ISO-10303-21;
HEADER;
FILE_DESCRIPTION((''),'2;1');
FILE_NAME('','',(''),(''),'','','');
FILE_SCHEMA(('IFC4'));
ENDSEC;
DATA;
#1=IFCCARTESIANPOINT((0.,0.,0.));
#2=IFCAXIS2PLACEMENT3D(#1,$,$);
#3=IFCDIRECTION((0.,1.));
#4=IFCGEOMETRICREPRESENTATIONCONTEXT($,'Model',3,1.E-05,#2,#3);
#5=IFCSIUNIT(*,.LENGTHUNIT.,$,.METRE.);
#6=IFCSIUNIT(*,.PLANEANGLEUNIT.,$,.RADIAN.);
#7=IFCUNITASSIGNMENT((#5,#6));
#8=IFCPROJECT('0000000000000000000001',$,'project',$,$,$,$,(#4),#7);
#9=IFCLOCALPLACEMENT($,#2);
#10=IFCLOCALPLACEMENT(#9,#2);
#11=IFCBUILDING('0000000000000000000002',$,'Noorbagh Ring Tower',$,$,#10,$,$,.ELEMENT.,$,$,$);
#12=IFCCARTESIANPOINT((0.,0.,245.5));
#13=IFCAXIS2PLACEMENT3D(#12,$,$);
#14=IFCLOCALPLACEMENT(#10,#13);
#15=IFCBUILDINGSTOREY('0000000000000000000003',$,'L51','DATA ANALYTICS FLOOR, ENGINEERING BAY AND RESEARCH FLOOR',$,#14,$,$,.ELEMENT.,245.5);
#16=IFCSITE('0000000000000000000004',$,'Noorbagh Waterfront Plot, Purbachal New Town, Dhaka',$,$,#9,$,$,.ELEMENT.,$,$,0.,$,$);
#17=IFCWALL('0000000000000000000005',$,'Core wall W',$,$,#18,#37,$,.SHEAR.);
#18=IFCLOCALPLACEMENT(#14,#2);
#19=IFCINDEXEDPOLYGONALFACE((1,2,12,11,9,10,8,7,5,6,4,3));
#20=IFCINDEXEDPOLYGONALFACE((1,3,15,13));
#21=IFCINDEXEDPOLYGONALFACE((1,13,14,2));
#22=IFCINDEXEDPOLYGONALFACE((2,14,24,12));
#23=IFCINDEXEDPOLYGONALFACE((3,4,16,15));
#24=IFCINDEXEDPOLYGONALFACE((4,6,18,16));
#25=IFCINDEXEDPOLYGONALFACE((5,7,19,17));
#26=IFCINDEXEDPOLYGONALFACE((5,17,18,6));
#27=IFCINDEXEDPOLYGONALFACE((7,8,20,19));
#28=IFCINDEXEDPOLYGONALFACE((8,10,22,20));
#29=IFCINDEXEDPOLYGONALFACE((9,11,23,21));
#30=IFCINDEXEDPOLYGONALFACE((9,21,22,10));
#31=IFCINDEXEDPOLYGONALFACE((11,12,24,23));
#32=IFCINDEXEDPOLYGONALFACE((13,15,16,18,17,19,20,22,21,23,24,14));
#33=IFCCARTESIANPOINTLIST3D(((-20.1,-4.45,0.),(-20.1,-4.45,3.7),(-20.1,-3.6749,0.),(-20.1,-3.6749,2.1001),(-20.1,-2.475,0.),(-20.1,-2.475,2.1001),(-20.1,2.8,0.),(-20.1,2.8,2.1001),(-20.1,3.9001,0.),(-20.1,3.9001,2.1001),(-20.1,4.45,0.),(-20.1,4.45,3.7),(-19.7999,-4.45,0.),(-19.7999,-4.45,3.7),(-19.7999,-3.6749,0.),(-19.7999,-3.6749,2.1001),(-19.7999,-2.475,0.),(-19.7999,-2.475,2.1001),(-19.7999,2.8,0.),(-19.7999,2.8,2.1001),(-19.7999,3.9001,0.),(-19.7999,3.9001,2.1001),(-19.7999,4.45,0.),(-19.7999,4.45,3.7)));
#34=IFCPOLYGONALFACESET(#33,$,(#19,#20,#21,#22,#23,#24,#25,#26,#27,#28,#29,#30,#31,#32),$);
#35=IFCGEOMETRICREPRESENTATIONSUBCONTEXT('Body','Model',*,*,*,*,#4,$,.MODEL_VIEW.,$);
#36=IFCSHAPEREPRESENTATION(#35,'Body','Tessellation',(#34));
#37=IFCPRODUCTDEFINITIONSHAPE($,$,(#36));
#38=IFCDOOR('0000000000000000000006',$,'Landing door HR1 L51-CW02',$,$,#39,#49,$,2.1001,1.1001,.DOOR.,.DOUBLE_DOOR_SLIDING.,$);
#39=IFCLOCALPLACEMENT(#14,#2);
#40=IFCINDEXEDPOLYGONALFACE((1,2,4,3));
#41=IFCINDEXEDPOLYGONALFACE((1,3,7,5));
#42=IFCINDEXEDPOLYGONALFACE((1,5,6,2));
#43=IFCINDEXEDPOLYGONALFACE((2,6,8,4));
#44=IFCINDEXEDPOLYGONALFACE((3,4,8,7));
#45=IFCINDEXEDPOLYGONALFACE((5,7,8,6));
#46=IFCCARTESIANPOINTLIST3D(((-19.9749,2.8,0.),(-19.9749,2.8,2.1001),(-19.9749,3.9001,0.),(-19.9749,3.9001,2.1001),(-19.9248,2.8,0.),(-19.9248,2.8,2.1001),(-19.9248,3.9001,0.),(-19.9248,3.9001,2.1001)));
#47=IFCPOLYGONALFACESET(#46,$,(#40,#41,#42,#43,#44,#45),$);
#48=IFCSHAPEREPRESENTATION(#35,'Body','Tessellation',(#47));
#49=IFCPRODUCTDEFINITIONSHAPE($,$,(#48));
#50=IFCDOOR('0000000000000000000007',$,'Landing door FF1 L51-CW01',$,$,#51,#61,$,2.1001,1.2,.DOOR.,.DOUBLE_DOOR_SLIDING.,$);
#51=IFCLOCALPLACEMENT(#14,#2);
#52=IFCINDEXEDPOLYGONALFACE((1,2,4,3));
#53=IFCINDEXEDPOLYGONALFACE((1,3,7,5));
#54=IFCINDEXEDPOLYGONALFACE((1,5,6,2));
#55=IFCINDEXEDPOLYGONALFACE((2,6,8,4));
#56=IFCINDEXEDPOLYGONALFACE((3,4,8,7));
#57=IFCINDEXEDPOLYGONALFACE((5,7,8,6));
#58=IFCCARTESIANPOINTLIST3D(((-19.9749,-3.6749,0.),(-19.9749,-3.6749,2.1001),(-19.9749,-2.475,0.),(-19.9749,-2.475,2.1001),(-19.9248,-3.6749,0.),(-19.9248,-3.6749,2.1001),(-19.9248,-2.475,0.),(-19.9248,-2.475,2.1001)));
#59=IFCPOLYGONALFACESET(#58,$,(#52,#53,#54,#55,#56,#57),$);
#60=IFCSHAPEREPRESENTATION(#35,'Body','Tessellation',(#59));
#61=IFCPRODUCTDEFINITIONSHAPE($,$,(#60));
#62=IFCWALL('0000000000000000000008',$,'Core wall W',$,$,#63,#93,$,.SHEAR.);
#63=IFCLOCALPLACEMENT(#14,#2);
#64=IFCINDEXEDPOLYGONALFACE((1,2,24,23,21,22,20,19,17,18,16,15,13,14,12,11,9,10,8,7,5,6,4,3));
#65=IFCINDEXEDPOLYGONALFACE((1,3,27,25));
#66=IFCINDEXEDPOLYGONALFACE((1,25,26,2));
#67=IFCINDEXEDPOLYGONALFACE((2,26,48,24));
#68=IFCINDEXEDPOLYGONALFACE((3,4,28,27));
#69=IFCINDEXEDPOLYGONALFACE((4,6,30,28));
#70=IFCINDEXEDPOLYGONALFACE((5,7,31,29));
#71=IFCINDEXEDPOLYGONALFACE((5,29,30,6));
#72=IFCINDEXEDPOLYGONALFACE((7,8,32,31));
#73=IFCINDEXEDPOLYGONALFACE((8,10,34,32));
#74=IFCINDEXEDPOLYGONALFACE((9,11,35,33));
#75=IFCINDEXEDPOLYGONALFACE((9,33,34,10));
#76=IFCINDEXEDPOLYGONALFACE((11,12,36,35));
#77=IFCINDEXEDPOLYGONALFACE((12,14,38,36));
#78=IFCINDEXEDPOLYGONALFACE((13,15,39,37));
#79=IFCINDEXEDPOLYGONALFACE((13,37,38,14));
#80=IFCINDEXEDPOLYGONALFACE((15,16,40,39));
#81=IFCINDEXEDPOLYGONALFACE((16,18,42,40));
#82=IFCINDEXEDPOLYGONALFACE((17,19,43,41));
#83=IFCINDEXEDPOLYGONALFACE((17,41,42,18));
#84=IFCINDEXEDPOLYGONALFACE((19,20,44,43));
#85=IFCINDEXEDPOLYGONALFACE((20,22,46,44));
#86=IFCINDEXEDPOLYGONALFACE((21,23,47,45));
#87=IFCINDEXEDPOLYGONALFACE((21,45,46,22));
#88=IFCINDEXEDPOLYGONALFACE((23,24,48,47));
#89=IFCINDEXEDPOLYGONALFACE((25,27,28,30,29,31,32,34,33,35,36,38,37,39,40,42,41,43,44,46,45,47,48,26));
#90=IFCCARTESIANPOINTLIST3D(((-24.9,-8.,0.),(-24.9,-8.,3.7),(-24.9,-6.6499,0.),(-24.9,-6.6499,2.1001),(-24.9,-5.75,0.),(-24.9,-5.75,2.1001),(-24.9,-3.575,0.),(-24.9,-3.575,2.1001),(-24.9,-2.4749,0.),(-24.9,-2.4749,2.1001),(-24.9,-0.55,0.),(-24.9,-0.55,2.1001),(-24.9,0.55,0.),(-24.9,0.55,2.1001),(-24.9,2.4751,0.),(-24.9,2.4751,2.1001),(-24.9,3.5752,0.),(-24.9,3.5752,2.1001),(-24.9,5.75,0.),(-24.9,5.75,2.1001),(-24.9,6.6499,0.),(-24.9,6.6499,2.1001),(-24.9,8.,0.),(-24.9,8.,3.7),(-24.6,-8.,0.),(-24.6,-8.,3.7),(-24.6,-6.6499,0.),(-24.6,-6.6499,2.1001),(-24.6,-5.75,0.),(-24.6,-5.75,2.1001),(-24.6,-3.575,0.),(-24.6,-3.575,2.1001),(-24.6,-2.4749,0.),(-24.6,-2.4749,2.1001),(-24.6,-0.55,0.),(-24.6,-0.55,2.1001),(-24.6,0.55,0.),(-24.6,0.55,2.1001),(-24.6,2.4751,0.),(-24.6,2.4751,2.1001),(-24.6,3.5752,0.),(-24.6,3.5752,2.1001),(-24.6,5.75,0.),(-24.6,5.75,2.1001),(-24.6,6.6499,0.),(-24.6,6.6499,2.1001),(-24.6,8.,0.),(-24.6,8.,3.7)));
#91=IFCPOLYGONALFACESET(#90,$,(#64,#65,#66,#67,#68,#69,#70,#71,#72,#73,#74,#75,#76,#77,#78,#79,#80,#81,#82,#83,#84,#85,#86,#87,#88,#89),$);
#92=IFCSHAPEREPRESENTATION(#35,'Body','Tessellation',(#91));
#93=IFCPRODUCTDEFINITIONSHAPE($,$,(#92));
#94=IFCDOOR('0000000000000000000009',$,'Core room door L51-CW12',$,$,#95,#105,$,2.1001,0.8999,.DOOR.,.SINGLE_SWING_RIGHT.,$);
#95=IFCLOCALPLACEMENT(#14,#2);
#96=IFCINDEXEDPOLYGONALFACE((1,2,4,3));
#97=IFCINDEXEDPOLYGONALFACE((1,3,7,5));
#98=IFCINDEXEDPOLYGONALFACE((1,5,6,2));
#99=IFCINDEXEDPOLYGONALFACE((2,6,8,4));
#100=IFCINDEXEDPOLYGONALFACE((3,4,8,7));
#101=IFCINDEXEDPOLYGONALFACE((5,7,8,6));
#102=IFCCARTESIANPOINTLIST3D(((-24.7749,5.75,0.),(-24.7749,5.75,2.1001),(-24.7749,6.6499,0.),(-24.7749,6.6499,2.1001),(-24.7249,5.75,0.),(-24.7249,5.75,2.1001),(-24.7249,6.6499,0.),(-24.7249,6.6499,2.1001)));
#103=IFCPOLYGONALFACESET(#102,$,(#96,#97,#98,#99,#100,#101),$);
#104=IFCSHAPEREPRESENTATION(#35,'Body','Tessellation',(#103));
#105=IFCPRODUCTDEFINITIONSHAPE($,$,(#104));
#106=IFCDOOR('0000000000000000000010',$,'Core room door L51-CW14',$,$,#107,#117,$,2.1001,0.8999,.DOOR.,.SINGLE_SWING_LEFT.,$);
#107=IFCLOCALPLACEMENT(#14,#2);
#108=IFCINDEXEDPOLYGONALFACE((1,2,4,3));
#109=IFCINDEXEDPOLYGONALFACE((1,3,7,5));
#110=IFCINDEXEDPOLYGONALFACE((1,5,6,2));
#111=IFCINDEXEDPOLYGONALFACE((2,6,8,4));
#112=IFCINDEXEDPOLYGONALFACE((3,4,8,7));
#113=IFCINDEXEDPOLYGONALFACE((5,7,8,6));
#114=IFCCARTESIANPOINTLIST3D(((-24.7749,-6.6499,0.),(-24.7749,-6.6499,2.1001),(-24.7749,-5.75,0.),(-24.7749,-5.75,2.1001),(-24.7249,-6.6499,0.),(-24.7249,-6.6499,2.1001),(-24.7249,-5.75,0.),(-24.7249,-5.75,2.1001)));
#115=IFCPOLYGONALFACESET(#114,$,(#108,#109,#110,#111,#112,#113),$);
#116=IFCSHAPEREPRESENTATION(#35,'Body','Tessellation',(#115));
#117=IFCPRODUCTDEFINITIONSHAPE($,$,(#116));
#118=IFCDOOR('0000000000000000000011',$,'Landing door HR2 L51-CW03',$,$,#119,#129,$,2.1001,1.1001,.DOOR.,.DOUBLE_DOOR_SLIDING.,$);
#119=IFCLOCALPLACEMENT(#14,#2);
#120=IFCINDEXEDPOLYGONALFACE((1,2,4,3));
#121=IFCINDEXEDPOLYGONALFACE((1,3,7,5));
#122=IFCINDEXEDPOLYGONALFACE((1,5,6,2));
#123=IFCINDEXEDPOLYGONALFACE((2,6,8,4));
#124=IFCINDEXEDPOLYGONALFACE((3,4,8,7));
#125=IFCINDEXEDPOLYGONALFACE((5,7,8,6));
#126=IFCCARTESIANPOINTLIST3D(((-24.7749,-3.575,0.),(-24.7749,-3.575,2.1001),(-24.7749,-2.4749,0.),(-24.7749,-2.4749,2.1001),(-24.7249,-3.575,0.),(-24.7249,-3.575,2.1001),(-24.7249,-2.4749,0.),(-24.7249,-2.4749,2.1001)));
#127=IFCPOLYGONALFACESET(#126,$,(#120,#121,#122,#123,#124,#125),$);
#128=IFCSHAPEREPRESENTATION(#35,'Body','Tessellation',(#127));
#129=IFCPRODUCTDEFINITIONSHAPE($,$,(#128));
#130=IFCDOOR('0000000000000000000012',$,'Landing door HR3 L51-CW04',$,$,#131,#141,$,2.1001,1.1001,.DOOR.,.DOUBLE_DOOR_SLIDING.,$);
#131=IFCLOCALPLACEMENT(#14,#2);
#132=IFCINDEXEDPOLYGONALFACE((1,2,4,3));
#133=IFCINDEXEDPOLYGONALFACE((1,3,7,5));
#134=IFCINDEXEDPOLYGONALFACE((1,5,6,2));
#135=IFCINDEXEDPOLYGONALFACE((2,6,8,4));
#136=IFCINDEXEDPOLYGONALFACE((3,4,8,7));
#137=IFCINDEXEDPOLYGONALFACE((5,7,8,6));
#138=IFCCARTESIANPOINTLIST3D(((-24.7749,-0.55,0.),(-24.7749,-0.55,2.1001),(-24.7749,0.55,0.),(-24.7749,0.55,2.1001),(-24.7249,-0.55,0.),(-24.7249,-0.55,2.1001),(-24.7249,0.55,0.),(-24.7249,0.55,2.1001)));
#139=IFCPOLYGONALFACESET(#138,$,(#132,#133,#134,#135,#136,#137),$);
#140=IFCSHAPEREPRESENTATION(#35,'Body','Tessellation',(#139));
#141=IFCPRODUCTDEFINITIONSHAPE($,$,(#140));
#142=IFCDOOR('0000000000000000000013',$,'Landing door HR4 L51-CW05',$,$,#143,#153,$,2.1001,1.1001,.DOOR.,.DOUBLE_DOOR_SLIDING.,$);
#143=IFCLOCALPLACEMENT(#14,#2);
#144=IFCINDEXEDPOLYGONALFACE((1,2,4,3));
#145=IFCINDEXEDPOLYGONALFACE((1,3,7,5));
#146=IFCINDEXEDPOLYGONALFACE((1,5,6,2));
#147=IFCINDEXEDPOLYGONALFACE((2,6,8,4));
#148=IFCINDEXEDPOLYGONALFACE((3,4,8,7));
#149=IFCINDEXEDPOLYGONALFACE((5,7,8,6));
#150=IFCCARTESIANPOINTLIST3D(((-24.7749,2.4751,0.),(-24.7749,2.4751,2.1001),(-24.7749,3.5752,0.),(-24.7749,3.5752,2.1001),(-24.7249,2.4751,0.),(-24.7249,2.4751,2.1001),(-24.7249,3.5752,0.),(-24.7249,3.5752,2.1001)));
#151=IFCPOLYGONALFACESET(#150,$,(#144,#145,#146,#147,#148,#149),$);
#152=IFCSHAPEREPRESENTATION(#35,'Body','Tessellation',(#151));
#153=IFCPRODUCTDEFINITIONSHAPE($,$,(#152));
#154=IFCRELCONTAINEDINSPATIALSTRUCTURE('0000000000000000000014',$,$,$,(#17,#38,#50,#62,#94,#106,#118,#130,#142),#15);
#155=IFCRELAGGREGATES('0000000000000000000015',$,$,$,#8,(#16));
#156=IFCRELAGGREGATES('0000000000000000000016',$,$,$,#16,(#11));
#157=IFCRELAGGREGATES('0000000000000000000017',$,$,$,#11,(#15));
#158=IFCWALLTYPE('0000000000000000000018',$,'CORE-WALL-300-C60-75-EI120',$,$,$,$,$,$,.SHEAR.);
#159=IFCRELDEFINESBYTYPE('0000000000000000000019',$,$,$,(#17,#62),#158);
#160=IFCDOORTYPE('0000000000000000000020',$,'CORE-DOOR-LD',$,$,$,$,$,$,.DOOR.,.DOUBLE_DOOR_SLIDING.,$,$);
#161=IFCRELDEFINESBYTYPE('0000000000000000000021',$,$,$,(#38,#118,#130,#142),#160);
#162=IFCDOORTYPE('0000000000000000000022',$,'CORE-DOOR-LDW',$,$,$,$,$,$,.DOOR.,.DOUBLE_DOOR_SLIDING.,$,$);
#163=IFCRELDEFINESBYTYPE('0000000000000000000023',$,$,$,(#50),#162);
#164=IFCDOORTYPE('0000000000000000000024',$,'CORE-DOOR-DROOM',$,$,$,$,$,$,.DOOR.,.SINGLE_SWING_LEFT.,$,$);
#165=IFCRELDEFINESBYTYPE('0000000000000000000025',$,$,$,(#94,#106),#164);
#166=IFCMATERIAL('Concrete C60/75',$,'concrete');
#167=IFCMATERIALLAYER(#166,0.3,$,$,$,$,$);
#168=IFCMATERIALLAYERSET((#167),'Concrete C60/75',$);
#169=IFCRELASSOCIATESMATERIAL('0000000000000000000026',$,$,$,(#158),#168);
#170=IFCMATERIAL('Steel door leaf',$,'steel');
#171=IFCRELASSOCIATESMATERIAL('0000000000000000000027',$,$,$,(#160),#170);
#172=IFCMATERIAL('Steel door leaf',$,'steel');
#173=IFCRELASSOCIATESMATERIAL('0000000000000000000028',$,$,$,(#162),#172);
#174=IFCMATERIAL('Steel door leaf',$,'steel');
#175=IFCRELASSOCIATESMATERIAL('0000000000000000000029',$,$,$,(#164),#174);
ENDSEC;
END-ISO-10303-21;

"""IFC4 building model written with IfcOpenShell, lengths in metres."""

from ifc_helpers import new_model, si_unit, direction, frame, frame_2d, origin, place, context, subcontext, project, spatial, rectangle, extrude, material, layer, layer_set, type_object, element, fill, save


model = new_model("IFC4")

# Units and contexts
model_context = context("Model", 3, precision=1e-05, world=origin(), true_north=direction((0.0, 1.0)))
body_context = subcontext(model_context, "Body", "Model", "MODEL_VIEW")
ifc_project = project(units=[si_unit("LENGTHUNIT", "METRE"), si_unit("PLANEANGLEUNIT", "RADIAN")], contexts=[model_context])

# Site, building, storey
site_placement = place(None, origin())
site = spatial("IfcSite", under=ifc_project, at=site_placement, Name="Noorbagh Waterfront Plot, Purbachal New Town, Dhaka", CompositionType="ELEMENT", RefElevation=0.0)
building_placement = place(site_placement, origin())
building = spatial("IfcBuilding", under=site, at=building_placement, Name="Noorbagh Ring Tower", CompositionType="ELEMENT")
storey_placement = place(building_placement, frame((0.0, 0.0, 245.5)))
storey = spatial("IfcBuildingStorey", under=building, at=storey_placement, Name="L51", Description="DATA ANALYTICS FLOOR, ENGINEERING BAY AND RESEARCH FLOOR", CompositionType="ELEMENT", Elevation=245.5)

# Shared definitions
ifc_material_1 = material(Name="Concrete C60/75", Category="concrete")
ifc_layer_1 = layer(ifc_material_1, 0.3)
ifc_layer_set_1 = layer_set([ifc_layer_1], Name="Concrete C60/75")
wall_type_1 = type_object("IfcWallType", Name="CORE-WALL-300-C60-75-EI120", PredefinedType="SHEAR", material=ifc_layer_set_1)

# Walls, openings, doors
wall_1_placement = place(storey_placement, frame((-19.95, -4.45, 0.0), z_axis=(0.0, 0.0, 1.0), x_axis=(0.0, 1.0, 0.0)))
wall_1 = element("IfcWall", 1, at=wall_1_placement, inside=storey, type_object=wall_type_1, Name="Core wall W", PredefinedType="SHEAR", context=body_context, shape_type="SweptSolid", body=[
    extrude(rectangle(XDim=8.8999, YDim=0.3, at=frame_2d((4.45, 0.0))), origin(), (0.0, 0.0, 1.0), 3.7),
])
opening_1_placement = place(wall_1_placement, frame((0.7749, 0.0, 0.0)))
opening_1 = element("IfcOpeningElement", 2, at=opening_1_placement, cuts=wall_1, PredefinedType="OPENING", context=body_context, shape_type="SweptSolid", body=[
    extrude(rectangle(XDim=1.2, YDim=2.1001, at=frame_2d((0.6001, 1.05))), frame((0.0, 0.1602, 0.0), z_axis=(0.0, -1.0, 0.0), x_axis=(1.0, 0.0, 0.0)), (0.0, 0.0, 1.0), 0.3201),
])
opening_2_placement = place(wall_1_placement, frame((7.25, 0.0, 0.0)))
opening_2 = element("IfcOpeningElement", 3, at=opening_2_placement, cuts=wall_1, PredefinedType="OPENING", context=body_context, shape_type="SweptSolid", body=[
    extrude(rectangle(XDim=1.1001, YDim=2.1001, at=frame_2d((0.55, 1.05))), frame((0.0, 0.1602, 0.0), z_axis=(0.0, -1.0, 0.0), x_axis=(1.0, 0.0, 0.0)), (0.0, 0.0, 1.0), 0.3201),
])
ifc_material_2 = material(Name="Steel door leaf", Category="steel")
door_type_1 = type_object("IfcDoorType", Name="CORE-DOOR-LD", OperationType="DOUBLE_DOOR_SLIDING", PredefinedType="DOOR", material=ifc_material_2)
door_1_placement = place(opening_2_placement, origin())
door_1 = element("IfcDoor", 4, at=door_1_placement, inside=storey, type_object=door_type_1, Name="Landing door HR1 L51-CW02", OperationType="DOUBLE_DOOR_SLIDING", OverallHeight=2.1001, OverallWidth=1.1001, PredefinedType="DOOR", context=body_context, shape_type="SweptSolid", body=[
    extrude(rectangle(XDim=1.1001, YDim=2.1001, at=frame_2d((0.55, 1.05))), frame((0.0, 0.0249, 0.0), z_axis=(0.0, -1.0, 0.0), x_axis=(1.0, 0.0, 0.0)), (0.0, 0.0, 1.0), 0.05),
])
fill(opening_2, door_1)
ifc_material_3 = material(Name="Steel door leaf", Category="steel")
door_type_2 = type_object("IfcDoorType", Name="CORE-DOOR-LDW", OperationType="DOUBLE_DOOR_SLIDING", PredefinedType="DOOR", material=ifc_material_3)
door_2_placement = place(opening_1_placement, origin())
door_2 = element("IfcDoor", 5, at=door_2_placement, inside=storey, type_object=door_type_2, Name="Landing door FF1 L51-CW01", OperationType="DOUBLE_DOOR_SLIDING", OverallHeight=2.1001, OverallWidth=1.2, PredefinedType="DOOR", context=body_context, shape_type="SweptSolid", body=[
    extrude(rectangle(XDim=1.2, YDim=2.1001, at=frame_2d((0.6001, 1.05))), frame((0.0, 0.0249, 0.0), z_axis=(0.0, -1.0, 0.0), x_axis=(1.0, 0.0, 0.0)), (0.0, 0.0, 1.0), 0.05),
])
fill(opening_1, door_2)
wall_2_placement = place(storey_placement, frame((-24.75, -8.0, 0.0), z_axis=(0.0, 0.0, 1.0), x_axis=(0.0, 1.0, 0.0)))
wall_2 = element("IfcWall", 6, at=wall_2_placement, inside=storey, type_object=wall_type_1, Name="Core wall W", PredefinedType="SHEAR", context=body_context, shape_type="SweptSolid", body=[
    extrude(rectangle(XDim=16.0, YDim=0.3, at=frame_2d((8.0, 0.0))), origin(), (0.0, 0.0, 1.0), 3.7),
])
opening_3_placement = place(wall_2_placement, frame((4.425, 0.0, 0.0)))
opening_3 = element("IfcOpeningElement", 7, at=opening_3_placement, cuts=wall_2, PredefinedType="OPENING", context=body_context, shape_type="SweptSolid", body=[
    extrude(rectangle(XDim=1.1001, YDim=2.1001, at=frame_2d((0.55, 1.05))), frame((0.0, 0.1602, 0.0), z_axis=(0.0, -1.0, 0.0), x_axis=(1.0, 0.0, 0.0)), (0.0, 0.0, 1.0), 0.3201),
])
opening_4_placement = place(wall_2_placement, frame((7.45, 0.0, 0.0)))
opening_4 = element("IfcOpeningElement", 8, at=opening_4_placement, cuts=wall_2, PredefinedType="OPENING", context=body_context, shape_type="SweptSolid", body=[
    extrude(rectangle(XDim=1.1001, YDim=2.1001, at=frame_2d((0.55, 1.05))), frame((0.0, 0.1602, 0.0), z_axis=(0.0, -1.0, 0.0), x_axis=(1.0, 0.0, 0.0)), (0.0, 0.0, 1.0), 0.3201),
])
opening_5_placement = place(wall_2_placement, frame((10.4751, 0.0, 0.0)))
opening_5 = element("IfcOpeningElement", 9, at=opening_5_placement, cuts=wall_2, PredefinedType="OPENING", context=body_context, shape_type="SweptSolid", body=[
    extrude(rectangle(XDim=1.1001, YDim=2.1001, at=frame_2d((0.55, 1.05))), frame((0.0, 0.1602, 0.0), z_axis=(0.0, -1.0, 0.0), x_axis=(1.0, 0.0, 0.0)), (0.0, 0.0, 1.0), 0.3201),
])
opening_6_placement = place(wall_2_placement, frame((13.75, 0.0, 0.0)))
opening_6 = element("IfcOpeningElement", 10, at=opening_6_placement, cuts=wall_2, PredefinedType="OPENING", context=body_context, shape_type="SweptSolid", body=[
    extrude(rectangle(XDim=0.8999, YDim=2.1001, at=frame_2d((0.45, 1.05))), frame((0.0, 0.1602, 0.0), z_axis=(0.0, -1.0, 0.0), x_axis=(1.0, 0.0, 0.0)), (0.0, 0.0, 1.0), 0.3201),
])
opening_7_placement = place(wall_2_placement, frame((1.3501, 0.0, 0.0)))
opening_7 = element("IfcOpeningElement", 11, at=opening_7_placement, cuts=wall_2, PredefinedType="OPENING", context=body_context, shape_type="SweptSolid", body=[
    extrude(rectangle(XDim=0.8999, YDim=2.1001, at=frame_2d((0.45, 1.05))), frame((0.0, 0.1602, 0.0), z_axis=(0.0, -1.0, 0.0), x_axis=(1.0, 0.0, 0.0)), (0.0, 0.0, 1.0), 0.3201),
])
ifc_material_4 = material(Name="Steel door leaf", Category="steel")
door_type_3 = type_object("IfcDoorType", Name="CORE-DOOR-DROOM", OperationType="SINGLE_SWING_LEFT", PredefinedType="DOOR", material=ifc_material_4)
door_3_placement = place(opening_6_placement, origin())
door_3 = element("IfcDoor", 12, at=door_3_placement, inside=storey, type_object=door_type_3, Name="Core room door L51-CW12", OperationType="SINGLE_SWING_RIGHT", OverallHeight=2.1001, OverallWidth=0.8999, PredefinedType="DOOR", context=body_context, shape_type="SweptSolid", body=[
    extrude(rectangle(XDim=0.8999, YDim=2.1001, at=frame_2d((0.45, 1.05))), frame((0.0, 0.0249, 0.0), z_axis=(0.0, -1.0, 0.0), x_axis=(1.0, 0.0, 0.0)), (0.0, 0.0, 1.0), 0.05),
])
fill(opening_6, door_3)
door_4_placement = place(opening_7_placement, origin())
door_4 = element("IfcDoor", 13, at=door_4_placement, inside=storey, type_object=door_type_3, Name="Core room door L51-CW14", OperationType="SINGLE_SWING_LEFT", OverallHeight=2.1001, OverallWidth=0.8999, PredefinedType="DOOR", context=body_context, shape_type="SweptSolid", body=[
    extrude(rectangle(XDim=0.8999, YDim=2.1001, at=frame_2d((0.45, 1.05))), frame((0.0, 0.0249, 0.0), z_axis=(0.0, -1.0, 0.0), x_axis=(1.0, 0.0, 0.0)), (0.0, 0.0, 1.0), 0.05),
])
fill(opening_7, door_4)
door_5_placement = place(opening_3_placement, origin())
door_5 = element("IfcDoor", 14, at=door_5_placement, inside=storey, type_object=door_type_1, Name="Landing door HR2 L51-CW03", OperationType="DOUBLE_DOOR_SLIDING", OverallHeight=2.1001, OverallWidth=1.1001, PredefinedType="DOOR", context=body_context, shape_type="SweptSolid", body=[
    extrude(rectangle(XDim=1.1001, YDim=2.1001, at=frame_2d((0.55, 1.05))), frame((0.0, 0.0249, 0.0), z_axis=(0.0, -1.0, 0.0), x_axis=(1.0, 0.0, 0.0)), (0.0, 0.0, 1.0), 0.05),
])
fill(opening_3, door_5)
door_6_placement = place(opening_4_placement, origin())
door_6 = element("IfcDoor", 15, at=door_6_placement, inside=storey, type_object=door_type_1, Name="Landing door HR3 L51-CW04", OperationType="DOUBLE_DOOR_SLIDING", OverallHeight=2.1001, OverallWidth=1.1001, PredefinedType="DOOR", context=body_context, shape_type="SweptSolid", body=[
    extrude(rectangle(XDim=1.1001, YDim=2.1001, at=frame_2d((0.55, 1.05))), frame((0.0, 0.0249, 0.0), z_axis=(0.0, -1.0, 0.0), x_axis=(1.0, 0.0, 0.0)), (0.0, 0.0, 1.0), 0.05),
])
fill(opening_4, door_6)
door_7_placement = place(opening_5_placement, origin())
door_7 = element("IfcDoor", 16, at=door_7_placement, inside=storey, type_object=door_type_1, Name="Landing door HR4 L51-CW05", OperationType="DOUBLE_DOOR_SLIDING", OverallHeight=2.1001, OverallWidth=1.1001, PredefinedType="DOOR", context=body_context, shape_type="SweptSolid", body=[
    extrude(rectangle(XDim=1.1001, YDim=2.1001, at=frame_2d((0.55, 1.05))), frame((0.0, 0.0249, 0.0), z_axis=(0.0, -1.0, 0.0), x_axis=(1.0, 0.0, 0.0)), (0.0, 0.0, 1.0), 0.05),
])
fill(opening_5, door_7)

save(model, "model.ifc")
